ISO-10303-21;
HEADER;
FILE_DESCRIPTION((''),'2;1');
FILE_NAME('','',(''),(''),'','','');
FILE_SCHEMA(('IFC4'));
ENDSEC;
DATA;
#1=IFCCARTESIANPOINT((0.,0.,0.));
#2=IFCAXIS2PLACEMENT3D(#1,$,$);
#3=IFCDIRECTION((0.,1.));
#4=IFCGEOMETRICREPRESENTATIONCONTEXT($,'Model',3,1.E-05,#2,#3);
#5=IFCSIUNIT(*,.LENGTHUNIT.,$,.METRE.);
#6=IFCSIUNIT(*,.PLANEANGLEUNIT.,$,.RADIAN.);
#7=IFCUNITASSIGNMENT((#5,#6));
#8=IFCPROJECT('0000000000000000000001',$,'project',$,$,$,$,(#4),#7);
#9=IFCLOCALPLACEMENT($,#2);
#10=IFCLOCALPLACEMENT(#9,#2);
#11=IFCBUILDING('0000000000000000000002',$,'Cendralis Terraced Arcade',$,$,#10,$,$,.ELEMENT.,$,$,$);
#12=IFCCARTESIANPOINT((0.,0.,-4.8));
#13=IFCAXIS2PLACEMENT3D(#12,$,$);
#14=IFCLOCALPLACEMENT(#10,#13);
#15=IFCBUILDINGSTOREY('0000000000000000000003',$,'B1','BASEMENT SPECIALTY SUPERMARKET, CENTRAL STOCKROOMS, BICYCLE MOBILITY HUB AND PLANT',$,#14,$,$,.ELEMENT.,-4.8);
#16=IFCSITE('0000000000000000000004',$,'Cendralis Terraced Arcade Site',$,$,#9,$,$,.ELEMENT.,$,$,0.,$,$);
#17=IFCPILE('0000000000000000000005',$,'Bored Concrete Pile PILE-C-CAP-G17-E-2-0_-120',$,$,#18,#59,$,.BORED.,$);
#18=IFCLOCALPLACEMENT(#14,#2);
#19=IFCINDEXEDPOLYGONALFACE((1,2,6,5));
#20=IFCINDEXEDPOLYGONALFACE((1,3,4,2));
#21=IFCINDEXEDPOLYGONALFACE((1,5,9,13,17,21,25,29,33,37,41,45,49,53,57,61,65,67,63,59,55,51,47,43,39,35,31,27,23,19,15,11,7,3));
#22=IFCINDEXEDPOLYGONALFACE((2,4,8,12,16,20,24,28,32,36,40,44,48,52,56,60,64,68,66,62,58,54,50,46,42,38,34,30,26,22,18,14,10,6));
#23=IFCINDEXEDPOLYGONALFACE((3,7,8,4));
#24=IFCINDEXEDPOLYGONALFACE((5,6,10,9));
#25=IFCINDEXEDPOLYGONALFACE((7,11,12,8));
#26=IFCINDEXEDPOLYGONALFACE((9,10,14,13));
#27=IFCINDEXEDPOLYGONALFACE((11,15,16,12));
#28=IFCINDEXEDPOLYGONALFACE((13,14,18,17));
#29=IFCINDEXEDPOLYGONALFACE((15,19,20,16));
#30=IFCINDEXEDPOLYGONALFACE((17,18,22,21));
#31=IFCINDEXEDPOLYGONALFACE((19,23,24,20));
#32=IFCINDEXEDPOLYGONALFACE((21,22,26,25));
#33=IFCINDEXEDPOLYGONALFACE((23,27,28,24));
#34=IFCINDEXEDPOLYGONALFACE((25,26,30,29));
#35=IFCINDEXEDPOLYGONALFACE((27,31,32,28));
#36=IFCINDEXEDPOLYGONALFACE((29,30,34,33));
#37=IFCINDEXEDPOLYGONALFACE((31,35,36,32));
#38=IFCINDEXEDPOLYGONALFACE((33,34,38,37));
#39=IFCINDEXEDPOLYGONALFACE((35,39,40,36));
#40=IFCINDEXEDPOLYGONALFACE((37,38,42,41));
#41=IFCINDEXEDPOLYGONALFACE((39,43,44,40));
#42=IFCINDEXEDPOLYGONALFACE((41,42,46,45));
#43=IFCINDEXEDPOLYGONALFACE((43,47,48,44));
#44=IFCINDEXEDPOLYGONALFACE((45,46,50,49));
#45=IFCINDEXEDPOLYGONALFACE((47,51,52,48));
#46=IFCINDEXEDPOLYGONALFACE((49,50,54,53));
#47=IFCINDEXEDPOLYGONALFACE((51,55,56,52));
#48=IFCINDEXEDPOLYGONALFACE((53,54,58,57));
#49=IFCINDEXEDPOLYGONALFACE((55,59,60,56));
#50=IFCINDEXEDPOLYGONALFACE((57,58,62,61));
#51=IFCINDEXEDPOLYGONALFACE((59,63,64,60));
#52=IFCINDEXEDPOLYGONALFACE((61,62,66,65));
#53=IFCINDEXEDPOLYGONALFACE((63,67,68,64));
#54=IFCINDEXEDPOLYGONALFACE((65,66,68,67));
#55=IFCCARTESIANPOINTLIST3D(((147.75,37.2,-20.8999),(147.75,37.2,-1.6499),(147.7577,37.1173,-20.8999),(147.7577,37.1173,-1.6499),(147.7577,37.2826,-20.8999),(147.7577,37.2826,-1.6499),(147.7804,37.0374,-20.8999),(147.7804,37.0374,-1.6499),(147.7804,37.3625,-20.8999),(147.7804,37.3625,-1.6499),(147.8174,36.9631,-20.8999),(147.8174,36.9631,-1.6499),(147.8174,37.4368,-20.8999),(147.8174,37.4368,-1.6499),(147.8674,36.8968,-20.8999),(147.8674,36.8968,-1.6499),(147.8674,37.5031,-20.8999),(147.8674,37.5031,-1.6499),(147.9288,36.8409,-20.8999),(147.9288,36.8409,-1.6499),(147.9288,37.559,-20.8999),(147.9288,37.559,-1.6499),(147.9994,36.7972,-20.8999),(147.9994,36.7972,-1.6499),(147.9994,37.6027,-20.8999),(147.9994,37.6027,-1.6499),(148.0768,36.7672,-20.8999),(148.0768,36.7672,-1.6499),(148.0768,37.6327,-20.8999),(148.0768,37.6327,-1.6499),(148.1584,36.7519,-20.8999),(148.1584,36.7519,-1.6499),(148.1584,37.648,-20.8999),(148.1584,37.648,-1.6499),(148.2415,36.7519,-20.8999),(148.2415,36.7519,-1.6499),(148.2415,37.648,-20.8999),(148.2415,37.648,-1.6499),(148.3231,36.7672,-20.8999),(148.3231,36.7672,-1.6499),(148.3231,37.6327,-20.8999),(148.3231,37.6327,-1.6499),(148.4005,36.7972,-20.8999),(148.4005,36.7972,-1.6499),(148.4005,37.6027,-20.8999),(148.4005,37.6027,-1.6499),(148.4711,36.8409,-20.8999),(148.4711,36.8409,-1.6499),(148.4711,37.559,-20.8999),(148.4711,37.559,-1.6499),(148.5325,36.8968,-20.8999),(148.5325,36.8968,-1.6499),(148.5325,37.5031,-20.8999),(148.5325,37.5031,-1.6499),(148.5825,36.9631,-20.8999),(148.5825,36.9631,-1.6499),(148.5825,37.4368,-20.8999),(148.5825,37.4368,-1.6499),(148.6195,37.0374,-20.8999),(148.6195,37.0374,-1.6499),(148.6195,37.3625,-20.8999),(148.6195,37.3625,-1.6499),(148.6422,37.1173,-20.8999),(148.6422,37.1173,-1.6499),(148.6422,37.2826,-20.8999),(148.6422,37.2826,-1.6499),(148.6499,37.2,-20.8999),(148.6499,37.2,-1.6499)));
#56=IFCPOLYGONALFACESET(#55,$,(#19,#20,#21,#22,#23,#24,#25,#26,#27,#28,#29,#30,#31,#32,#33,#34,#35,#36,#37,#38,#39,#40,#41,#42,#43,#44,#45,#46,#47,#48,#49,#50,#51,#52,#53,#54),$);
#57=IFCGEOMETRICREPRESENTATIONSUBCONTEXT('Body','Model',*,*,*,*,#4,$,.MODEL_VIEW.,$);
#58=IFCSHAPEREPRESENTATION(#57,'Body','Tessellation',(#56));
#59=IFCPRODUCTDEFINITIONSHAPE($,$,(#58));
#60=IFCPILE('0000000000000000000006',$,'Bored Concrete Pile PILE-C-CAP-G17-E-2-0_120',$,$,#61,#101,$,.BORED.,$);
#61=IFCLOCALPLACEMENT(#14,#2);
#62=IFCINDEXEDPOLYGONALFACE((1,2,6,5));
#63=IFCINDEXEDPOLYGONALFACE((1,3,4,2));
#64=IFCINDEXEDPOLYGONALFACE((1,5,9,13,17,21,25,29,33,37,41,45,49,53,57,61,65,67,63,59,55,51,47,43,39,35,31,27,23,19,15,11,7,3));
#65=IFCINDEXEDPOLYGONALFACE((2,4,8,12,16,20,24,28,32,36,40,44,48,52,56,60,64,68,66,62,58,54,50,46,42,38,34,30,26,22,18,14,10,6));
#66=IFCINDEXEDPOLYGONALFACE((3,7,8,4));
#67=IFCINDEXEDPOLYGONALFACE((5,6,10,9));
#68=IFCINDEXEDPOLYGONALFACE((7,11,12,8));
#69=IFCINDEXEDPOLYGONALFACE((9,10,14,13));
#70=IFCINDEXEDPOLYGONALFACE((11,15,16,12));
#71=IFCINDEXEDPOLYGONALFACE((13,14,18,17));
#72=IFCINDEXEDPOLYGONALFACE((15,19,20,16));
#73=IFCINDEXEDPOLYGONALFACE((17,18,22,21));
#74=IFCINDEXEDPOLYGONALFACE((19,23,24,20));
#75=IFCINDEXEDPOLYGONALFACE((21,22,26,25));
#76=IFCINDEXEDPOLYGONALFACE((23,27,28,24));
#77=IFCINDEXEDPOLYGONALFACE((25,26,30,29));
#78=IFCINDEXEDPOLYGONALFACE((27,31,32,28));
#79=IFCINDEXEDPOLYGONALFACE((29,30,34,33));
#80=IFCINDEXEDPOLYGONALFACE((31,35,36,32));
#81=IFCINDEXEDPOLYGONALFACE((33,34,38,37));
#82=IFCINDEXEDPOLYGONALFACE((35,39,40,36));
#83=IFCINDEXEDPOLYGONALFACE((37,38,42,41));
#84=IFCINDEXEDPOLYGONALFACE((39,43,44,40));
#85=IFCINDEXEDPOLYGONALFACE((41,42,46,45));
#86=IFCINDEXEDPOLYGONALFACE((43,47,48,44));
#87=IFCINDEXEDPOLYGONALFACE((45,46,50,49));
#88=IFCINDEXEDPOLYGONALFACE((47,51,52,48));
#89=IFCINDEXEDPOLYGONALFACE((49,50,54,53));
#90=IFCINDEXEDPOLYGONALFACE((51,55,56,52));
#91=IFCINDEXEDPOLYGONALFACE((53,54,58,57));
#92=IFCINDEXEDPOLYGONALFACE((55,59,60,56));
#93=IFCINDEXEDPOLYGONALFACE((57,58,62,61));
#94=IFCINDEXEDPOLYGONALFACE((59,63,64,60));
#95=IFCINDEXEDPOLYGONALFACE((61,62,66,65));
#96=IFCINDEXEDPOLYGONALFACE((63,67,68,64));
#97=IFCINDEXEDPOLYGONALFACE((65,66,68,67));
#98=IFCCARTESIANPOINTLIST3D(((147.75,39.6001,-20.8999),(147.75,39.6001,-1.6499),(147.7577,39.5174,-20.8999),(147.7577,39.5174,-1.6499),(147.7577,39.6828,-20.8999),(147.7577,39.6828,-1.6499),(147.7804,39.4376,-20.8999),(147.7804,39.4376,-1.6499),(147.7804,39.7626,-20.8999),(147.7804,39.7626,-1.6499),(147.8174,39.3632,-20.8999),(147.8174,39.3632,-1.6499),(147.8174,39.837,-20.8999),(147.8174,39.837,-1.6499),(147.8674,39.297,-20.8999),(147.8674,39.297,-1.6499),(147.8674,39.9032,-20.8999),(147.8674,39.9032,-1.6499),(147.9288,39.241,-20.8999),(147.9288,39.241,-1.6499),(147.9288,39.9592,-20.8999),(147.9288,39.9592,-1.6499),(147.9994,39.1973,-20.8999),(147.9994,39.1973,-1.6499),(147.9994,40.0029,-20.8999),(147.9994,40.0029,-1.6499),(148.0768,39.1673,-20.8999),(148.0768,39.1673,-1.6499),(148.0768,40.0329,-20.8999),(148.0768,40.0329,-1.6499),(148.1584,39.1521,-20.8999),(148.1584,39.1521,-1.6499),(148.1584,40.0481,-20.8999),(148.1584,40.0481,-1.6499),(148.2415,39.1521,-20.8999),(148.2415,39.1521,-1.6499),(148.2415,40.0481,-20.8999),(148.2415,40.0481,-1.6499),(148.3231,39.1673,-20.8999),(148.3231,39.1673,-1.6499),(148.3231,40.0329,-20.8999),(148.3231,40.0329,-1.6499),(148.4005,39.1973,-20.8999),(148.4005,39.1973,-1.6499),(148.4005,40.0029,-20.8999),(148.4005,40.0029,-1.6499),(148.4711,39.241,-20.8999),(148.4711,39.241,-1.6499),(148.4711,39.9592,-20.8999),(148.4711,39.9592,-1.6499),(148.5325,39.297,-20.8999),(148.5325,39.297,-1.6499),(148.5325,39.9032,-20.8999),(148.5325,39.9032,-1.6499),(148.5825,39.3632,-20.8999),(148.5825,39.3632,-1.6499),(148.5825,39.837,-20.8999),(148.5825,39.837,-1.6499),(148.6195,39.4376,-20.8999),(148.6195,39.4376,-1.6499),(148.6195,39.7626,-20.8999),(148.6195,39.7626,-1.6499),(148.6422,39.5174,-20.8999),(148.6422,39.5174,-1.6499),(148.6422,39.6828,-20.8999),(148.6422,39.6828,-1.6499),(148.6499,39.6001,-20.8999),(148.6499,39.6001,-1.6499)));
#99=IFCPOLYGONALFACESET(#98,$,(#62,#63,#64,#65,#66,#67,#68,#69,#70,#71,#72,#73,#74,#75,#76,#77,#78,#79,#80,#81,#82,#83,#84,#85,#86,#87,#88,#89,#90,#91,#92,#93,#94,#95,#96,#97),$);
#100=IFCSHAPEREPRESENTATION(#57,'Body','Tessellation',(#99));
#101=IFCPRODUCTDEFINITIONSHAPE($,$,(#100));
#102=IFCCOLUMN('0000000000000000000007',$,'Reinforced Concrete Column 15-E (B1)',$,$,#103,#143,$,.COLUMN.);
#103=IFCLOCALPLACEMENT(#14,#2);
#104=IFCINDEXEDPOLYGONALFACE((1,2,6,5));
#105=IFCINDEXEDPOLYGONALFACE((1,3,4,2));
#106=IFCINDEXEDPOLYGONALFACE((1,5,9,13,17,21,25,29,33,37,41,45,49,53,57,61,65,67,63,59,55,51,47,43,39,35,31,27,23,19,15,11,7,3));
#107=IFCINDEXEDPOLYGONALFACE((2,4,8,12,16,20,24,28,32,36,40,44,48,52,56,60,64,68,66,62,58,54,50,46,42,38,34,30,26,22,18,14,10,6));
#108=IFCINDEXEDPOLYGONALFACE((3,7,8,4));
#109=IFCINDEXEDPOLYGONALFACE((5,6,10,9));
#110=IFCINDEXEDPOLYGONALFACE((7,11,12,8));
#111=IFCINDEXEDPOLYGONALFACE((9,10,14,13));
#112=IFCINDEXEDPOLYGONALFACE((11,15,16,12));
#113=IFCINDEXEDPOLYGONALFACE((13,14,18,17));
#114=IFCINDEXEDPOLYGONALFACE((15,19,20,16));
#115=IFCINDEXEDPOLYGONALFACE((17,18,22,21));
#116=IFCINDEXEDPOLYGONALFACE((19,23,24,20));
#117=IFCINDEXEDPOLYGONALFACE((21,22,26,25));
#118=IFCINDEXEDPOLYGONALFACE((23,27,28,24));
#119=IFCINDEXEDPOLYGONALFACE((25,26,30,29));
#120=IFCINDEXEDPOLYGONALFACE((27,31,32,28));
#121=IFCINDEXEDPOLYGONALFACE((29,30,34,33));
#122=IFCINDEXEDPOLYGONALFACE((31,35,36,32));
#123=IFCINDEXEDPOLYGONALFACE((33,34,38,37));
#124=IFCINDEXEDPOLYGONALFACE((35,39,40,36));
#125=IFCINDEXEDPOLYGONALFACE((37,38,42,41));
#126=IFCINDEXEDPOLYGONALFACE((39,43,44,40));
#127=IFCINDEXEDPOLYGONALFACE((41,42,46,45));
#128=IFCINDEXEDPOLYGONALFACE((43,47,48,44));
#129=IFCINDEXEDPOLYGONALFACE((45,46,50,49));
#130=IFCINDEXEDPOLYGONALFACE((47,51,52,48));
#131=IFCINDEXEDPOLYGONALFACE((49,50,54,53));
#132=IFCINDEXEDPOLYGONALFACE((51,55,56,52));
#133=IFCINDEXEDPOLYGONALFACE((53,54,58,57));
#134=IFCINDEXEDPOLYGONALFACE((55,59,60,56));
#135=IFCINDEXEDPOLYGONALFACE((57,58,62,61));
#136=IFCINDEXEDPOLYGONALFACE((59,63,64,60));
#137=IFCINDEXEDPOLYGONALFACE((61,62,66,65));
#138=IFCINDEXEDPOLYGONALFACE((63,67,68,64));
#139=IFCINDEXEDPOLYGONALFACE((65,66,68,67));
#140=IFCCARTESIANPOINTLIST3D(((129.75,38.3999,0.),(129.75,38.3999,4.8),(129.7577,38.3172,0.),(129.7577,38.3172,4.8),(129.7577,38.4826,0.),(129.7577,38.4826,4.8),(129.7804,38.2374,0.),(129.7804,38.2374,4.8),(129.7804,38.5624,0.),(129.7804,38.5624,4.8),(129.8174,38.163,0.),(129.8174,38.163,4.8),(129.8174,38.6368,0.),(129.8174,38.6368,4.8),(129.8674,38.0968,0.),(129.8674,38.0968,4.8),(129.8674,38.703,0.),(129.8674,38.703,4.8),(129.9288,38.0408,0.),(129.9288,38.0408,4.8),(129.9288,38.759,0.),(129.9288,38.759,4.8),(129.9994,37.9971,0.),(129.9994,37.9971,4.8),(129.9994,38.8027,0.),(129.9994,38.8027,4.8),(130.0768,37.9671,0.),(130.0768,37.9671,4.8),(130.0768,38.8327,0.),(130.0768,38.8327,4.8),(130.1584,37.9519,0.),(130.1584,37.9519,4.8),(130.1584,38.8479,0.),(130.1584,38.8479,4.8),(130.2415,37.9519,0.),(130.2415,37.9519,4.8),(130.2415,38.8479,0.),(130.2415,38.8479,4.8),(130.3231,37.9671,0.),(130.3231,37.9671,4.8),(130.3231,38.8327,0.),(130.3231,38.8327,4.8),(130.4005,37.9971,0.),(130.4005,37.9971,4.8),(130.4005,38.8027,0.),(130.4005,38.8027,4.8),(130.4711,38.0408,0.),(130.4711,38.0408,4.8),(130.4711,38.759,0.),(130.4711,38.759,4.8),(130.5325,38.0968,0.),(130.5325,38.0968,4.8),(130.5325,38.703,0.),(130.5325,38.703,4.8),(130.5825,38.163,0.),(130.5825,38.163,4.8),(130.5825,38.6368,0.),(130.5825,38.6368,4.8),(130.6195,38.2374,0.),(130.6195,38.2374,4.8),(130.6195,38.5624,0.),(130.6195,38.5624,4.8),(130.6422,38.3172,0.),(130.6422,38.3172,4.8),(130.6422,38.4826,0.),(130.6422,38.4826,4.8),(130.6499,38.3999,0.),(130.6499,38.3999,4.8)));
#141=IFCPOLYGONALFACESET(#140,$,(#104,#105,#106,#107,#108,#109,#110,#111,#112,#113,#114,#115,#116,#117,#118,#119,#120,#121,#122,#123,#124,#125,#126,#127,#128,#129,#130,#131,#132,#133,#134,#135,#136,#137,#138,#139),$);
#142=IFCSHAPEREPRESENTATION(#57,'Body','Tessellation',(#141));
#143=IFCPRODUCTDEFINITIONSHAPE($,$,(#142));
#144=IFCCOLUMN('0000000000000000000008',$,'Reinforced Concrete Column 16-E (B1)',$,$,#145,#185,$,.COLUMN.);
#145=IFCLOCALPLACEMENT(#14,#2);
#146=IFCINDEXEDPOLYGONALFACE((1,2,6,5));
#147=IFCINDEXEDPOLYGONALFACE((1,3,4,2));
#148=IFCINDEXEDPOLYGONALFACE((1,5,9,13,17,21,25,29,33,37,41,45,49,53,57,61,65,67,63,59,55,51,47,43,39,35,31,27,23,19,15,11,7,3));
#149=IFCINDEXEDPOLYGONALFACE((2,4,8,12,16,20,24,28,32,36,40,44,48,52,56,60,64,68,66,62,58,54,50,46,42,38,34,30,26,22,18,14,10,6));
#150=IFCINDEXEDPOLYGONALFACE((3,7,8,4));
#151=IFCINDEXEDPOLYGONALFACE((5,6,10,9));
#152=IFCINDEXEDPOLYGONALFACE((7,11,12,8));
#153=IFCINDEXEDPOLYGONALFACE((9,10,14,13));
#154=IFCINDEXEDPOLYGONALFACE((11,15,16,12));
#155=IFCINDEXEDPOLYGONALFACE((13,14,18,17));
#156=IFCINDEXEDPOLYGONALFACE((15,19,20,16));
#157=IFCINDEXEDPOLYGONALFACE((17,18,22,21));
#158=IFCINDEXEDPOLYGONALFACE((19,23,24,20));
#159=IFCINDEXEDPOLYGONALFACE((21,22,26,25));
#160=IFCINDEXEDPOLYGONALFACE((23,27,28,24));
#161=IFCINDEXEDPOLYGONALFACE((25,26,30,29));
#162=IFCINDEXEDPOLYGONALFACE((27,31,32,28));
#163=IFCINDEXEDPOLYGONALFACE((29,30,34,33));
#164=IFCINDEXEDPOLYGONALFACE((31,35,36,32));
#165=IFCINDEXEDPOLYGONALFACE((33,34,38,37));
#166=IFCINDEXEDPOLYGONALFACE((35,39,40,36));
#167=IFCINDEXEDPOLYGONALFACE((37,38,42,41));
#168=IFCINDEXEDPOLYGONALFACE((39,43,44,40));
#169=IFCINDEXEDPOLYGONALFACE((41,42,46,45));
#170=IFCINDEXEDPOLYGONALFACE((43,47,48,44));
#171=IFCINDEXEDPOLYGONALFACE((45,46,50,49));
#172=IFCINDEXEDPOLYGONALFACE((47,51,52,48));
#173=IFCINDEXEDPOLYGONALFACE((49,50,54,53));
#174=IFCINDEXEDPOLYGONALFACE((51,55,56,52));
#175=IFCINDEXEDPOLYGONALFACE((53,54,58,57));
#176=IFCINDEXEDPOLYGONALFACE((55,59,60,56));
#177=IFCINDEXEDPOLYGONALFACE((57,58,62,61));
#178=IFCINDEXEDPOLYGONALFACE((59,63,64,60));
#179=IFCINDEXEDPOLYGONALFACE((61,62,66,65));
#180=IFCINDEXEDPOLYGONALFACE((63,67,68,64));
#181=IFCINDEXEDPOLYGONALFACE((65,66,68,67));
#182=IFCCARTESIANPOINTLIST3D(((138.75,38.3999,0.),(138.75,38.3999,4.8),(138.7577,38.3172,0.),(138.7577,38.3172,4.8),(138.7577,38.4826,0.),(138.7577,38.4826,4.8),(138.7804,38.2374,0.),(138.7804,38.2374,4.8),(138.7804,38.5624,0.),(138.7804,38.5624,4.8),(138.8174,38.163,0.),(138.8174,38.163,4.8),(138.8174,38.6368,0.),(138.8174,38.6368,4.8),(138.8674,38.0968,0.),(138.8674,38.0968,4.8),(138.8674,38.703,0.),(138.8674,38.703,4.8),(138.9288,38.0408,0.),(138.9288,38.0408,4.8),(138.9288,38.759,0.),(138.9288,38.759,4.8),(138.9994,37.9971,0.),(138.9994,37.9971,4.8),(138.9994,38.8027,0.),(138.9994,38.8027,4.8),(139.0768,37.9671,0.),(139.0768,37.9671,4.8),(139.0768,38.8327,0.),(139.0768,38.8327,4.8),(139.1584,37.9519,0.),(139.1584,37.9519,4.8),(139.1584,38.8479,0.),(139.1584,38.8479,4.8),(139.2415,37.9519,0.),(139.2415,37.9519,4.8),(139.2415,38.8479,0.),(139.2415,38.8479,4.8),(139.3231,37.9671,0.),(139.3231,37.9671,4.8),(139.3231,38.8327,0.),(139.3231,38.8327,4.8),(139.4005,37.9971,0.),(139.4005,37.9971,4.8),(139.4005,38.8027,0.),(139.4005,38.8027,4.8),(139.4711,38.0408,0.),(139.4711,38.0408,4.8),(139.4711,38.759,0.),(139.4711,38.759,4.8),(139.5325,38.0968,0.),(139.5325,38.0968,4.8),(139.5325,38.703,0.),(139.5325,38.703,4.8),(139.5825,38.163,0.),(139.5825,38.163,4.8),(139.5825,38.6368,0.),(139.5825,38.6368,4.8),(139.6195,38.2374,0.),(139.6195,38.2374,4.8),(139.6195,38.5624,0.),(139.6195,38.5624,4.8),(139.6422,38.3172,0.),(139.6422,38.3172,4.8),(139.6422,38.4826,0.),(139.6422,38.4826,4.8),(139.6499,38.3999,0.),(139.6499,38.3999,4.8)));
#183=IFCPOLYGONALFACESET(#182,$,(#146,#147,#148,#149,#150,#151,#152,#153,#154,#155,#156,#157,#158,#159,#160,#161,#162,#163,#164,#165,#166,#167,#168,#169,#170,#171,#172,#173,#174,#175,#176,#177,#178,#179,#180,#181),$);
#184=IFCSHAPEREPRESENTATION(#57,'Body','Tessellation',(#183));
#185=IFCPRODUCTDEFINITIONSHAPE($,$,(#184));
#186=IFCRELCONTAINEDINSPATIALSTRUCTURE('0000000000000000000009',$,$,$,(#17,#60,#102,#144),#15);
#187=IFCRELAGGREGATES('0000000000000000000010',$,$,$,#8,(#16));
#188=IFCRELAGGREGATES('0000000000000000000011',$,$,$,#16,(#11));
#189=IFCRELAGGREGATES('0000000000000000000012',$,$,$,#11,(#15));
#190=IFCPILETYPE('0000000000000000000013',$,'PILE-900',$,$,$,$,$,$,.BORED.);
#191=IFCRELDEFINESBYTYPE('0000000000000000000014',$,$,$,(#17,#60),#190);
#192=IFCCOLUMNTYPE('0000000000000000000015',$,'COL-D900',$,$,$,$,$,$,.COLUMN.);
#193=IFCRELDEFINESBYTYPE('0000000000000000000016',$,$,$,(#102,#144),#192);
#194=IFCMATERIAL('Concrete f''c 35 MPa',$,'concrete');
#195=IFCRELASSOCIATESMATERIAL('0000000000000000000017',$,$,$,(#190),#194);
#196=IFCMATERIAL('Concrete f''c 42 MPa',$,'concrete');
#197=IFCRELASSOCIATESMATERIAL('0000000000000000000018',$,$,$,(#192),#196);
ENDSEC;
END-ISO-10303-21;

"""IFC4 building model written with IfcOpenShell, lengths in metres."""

from ifc_helpers import new_model, si_unit, direction, frame, origin, origin_2d, place, context, subcontext, project, spatial, circle, extrude, material, material_profile, profile_set, type_object, element, save


model = new_model("IFC4")

# Units and contexts
model_context = context("Model", 3, precision=1e-05, world=origin(), true_north=direction((0.0, 1.0)))
body_context = subcontext(model_context, "Body", "Model", "MODEL_VIEW")
ifc_project = project(units=[si_unit("LENGTHUNIT", "METRE"), si_unit("PLANEANGLEUNIT", "RADIAN")], contexts=[model_context])

# Site, building, storey
site_placement = place(None, origin())
site = spatial("IfcSite", under=ifc_project, at=site_placement, Name="Cendralis Terraced Arcade Site", CompositionType="ELEMENT", RefElevation=0.0)
building_placement = place(site_placement, origin())
building = spatial("IfcBuilding", under=site, at=building_placement, Name="Cendralis Terraced Arcade", CompositionType="ELEMENT")
storey_placement = place(building_placement, frame((0.0, 0.0, -4.8)))
storey = spatial("IfcBuildingStorey", under=building, at=storey_placement, Name="B1", Description="BASEMENT SPECIALTY SUPERMARKET, CENTRAL STOCKROOMS, BICYCLE MOBILITY HUB AND PLANT", CompositionType="ELEMENT", Elevation=-4.8)

# Shared definitions
ifc_material_1 = material(Name="Concrete f'c 35 MPa", Category="concrete")

# Piles
ifc_material_profile_1 = material_profile(ifc_material_1, circle(Radius=0.45, at=origin_2d()), Name="PILE-D900", Category="LoadBearing")
ifc_profile_set_1 = profile_set([ifc_material_profile_1], Name="Concrete f'c 35 MPa")
pile_type_1 = type_object("IfcPileType", Name="PILE-900", PredefinedType="BORED", material=ifc_profile_set_1)
for number, where, z_axis, x_axis, name in (
    (1, (148.2, 37.2, -1.6499), (0.0, 0.0, -1.0), (1.0, 0.0, 0.0), "Bored Concrete Pile PILE-C-CAP-G17-E-2-0_-120"),
    (2, (148.2, 39.6001, -1.6499), (0.0, 0.0, -1.0), (1.0, 0.0, 0.0), "Bored Concrete Pile PILE-C-CAP-G17-E-2-0_120"),
):
    element("IfcPile", number, at=place(storey_placement, frame(where, z_axis=z_axis, x_axis=x_axis)), inside=storey, type_object=pile_type_1, Name=name, PredefinedType="BORED", context=body_context, shape_type="SweptSolid", body=[
        extrude(circle(Radius=0.45, at=origin_2d()), origin(), (0.0, 0.0, 1.0), 19.25),
    ])

# Columns
ifc_material_2 = material(Name="Concrete f'c 42 MPa", Category="concrete")
ifc_material_profile_2 = material_profile(ifc_material_2, circle(Radius=0.45, at=origin_2d()), Name="RC-COL-D900", Category="LoadBearing")
ifc_profile_set_2 = profile_set([ifc_material_profile_2], Name="Concrete f'c 42 MPa")
column_type = type_object("IfcColumnType", Name="COL-D900", PredefinedType="COLUMN", material=ifc_profile_set_2)
for number, where, z_axis, x_axis, name in (
    (3, (130.2, 38.3999, 0.0), (0.0, 0.0, 1.0), (1.0, 0.0, 0.0), "Reinforced Concrete Column 15-E (B1)"),
    (4, (139.2, 38.3999, 0.0), (0.0, 0.0, 1.0), (1.0, 0.0, 0.0), "Reinforced Concrete Column 16-E (B1)"),
):
    element("IfcColumn", number, at=place(storey_placement, frame(where, z_axis=z_axis, x_axis=x_axis)), inside=storey, type_object=column_type, Name=name, PredefinedType="COLUMN", context=body_context, shape_type="SweptSolid", body=[
        extrude(circle(Radius=0.45, at=origin_2d()), origin(), (0.0, 0.0, 1.0), 4.8),
    ])

save(model, "model.ifc")
